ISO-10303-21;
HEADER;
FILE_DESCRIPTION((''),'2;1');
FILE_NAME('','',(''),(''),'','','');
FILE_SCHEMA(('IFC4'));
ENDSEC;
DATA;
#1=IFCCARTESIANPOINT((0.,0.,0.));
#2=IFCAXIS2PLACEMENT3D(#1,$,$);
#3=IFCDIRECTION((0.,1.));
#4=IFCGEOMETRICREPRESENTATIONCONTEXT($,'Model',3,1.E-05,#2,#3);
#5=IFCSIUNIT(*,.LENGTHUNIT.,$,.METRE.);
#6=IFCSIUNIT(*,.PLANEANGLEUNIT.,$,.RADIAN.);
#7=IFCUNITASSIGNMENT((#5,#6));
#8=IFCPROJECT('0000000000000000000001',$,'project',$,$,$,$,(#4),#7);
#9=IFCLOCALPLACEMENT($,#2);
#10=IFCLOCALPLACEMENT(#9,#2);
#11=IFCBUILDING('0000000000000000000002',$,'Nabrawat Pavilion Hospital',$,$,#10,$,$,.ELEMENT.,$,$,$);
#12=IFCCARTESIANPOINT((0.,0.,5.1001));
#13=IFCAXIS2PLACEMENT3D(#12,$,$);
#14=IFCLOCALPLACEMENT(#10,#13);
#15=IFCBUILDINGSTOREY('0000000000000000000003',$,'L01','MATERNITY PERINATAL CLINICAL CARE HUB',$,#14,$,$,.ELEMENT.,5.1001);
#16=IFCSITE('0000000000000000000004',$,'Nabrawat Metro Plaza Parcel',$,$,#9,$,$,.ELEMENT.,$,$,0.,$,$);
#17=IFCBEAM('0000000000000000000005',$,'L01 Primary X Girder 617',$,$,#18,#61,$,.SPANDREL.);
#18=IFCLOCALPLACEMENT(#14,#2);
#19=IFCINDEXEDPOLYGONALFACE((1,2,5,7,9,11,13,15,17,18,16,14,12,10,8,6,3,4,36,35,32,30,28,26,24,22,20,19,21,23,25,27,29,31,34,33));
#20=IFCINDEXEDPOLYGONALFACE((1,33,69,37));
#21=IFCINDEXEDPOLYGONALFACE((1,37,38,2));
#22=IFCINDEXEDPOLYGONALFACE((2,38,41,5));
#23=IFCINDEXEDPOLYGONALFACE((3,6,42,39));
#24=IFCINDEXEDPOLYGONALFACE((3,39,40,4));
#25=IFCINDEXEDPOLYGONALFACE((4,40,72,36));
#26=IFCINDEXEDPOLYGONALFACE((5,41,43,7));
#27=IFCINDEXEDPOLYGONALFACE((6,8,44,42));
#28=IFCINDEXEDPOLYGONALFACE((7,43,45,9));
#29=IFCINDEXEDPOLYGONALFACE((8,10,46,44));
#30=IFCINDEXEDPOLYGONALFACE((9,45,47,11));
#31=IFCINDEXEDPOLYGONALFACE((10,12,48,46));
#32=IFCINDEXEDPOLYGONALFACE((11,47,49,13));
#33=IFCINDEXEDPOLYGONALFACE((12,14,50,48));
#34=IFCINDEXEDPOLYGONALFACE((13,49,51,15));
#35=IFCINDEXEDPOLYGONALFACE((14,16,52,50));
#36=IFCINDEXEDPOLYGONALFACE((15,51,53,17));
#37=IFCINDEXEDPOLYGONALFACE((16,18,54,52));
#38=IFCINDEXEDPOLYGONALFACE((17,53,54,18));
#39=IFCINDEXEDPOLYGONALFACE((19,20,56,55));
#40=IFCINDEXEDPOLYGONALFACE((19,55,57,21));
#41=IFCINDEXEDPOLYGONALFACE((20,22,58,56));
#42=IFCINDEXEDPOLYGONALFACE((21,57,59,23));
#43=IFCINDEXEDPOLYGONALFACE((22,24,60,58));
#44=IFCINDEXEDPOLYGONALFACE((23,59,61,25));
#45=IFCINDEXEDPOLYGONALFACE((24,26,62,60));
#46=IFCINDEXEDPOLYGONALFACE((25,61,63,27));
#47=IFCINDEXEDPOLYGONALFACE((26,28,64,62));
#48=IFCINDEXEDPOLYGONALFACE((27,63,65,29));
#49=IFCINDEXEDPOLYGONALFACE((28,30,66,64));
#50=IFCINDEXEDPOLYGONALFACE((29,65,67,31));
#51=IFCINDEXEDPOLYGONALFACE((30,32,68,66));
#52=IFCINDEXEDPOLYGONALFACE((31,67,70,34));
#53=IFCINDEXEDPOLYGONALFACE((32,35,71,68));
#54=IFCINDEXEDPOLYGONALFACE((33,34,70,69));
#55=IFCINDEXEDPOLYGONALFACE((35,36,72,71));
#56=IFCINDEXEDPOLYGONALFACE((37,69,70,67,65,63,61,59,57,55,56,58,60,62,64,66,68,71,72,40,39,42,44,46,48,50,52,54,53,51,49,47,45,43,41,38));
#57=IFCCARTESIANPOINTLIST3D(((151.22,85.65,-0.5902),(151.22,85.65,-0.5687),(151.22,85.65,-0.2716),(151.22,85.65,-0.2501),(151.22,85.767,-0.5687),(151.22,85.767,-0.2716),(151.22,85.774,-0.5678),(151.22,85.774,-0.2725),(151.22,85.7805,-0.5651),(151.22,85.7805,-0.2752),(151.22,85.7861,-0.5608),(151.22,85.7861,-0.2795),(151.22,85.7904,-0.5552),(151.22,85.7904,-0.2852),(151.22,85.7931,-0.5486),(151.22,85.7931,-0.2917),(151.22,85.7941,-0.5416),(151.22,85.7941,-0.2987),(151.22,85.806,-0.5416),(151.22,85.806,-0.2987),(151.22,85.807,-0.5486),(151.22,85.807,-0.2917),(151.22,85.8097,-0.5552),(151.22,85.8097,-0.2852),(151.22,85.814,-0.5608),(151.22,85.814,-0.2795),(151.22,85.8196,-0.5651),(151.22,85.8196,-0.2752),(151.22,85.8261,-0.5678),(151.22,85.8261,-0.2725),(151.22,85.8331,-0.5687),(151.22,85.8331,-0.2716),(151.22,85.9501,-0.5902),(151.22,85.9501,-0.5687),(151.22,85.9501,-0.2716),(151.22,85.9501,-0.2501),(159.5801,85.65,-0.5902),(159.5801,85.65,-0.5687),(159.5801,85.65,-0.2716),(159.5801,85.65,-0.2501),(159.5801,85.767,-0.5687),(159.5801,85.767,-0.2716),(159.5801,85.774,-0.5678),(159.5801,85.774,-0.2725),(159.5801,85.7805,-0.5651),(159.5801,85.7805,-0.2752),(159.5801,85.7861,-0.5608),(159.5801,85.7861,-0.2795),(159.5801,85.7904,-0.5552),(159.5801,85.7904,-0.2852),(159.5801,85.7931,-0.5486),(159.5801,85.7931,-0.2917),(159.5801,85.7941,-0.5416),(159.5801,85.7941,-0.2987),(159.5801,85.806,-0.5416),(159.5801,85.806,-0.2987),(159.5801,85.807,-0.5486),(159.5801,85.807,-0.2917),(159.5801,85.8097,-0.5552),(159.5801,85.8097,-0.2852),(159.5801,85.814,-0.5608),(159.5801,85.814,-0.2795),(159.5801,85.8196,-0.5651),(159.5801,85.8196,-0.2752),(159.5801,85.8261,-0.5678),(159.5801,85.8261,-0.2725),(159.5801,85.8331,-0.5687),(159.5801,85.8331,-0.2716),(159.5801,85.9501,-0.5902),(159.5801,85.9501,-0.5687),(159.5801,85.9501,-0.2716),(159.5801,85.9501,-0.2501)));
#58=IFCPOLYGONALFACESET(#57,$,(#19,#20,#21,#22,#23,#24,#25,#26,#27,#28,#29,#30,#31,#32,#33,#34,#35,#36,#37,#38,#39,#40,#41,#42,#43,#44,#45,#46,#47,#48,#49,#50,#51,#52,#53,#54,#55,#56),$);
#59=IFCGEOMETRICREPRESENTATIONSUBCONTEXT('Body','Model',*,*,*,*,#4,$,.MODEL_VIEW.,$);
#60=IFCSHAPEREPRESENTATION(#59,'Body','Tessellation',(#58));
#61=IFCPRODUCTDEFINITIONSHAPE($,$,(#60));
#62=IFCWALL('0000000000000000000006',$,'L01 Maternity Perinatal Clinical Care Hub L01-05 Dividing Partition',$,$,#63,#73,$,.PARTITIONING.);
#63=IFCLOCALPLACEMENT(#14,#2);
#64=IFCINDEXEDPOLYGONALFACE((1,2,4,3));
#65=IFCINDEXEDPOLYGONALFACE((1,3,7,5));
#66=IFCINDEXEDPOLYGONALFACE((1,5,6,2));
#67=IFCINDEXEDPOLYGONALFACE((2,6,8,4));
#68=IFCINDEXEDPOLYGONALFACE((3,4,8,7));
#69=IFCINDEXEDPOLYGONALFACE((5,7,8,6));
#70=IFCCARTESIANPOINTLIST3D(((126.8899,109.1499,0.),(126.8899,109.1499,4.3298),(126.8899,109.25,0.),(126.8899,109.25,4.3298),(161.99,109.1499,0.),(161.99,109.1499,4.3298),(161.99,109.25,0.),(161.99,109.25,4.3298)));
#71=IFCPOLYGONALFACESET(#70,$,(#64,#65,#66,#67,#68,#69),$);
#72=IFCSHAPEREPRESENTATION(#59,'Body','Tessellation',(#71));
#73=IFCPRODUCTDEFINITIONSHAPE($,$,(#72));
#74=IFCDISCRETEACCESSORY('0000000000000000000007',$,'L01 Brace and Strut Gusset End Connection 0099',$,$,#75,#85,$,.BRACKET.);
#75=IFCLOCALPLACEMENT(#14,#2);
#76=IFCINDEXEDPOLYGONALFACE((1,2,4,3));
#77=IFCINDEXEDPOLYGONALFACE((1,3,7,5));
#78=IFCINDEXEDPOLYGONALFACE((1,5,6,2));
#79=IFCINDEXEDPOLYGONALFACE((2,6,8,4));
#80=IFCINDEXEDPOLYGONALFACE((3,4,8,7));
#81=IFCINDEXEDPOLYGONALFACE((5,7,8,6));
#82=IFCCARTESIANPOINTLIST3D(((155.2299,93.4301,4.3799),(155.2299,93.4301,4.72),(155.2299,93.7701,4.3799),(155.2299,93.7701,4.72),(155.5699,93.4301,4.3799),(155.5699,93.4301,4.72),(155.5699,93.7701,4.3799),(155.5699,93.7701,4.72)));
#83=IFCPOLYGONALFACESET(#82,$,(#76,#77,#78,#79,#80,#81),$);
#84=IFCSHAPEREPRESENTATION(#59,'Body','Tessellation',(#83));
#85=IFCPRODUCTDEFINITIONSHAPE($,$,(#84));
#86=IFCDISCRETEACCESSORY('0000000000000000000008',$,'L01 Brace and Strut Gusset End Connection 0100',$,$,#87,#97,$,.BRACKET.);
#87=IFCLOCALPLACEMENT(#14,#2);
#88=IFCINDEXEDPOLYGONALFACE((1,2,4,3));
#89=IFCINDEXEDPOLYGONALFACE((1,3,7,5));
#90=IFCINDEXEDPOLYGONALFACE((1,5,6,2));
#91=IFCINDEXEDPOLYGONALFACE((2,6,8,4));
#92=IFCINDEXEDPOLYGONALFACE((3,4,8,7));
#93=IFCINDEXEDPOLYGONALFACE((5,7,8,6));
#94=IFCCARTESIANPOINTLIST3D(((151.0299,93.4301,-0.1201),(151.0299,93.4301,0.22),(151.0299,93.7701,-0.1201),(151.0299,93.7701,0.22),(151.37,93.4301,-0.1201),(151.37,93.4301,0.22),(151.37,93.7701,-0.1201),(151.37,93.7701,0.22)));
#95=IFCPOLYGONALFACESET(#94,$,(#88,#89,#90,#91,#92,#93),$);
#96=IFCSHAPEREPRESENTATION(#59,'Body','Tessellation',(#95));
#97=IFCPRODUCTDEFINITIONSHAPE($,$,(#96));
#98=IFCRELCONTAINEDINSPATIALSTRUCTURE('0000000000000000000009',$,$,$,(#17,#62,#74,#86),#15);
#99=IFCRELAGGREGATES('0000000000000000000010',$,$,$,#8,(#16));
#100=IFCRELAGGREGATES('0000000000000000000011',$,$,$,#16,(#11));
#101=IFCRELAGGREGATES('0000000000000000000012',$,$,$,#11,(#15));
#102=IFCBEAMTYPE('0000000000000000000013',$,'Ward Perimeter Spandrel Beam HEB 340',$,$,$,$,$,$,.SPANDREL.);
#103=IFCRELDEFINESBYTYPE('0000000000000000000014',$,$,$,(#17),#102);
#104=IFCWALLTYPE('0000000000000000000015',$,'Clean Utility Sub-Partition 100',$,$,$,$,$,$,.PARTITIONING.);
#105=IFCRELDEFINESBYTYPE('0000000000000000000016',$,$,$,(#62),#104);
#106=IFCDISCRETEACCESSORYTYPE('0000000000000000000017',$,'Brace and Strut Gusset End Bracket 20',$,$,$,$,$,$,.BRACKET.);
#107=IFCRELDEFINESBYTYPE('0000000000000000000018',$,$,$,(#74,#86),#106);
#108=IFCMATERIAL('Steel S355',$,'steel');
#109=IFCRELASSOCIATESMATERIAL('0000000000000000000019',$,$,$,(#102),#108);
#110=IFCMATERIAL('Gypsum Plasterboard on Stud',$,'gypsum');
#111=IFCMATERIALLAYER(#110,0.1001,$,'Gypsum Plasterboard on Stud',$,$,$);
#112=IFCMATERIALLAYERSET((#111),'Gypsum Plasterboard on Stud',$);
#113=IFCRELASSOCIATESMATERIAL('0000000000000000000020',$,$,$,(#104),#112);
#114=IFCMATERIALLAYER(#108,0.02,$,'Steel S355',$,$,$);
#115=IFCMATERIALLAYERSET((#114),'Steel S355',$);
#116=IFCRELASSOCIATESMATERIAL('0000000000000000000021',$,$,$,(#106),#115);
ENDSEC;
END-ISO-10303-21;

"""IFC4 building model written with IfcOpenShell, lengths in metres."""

from ifc_helpers import new_model, si_unit, direction, frame, frame_2d, origin, origin_2d, place, context, subcontext, project, spatial, rectangle, i_section, extrude, material, layer, layer_set, material_profile, profile_set, type_object, element, save


model = new_model("IFC4")

# Units and contexts
model_context = context("Model", 3, precision=1e-05, world=origin(), true_north=direction((0.0, 1.0)))
body_context = subcontext(model_context, "Body", "Model", "MODEL_VIEW")
ifc_project = project(units=[si_unit("LENGTHUNIT", "METRE"), si_unit("PLANEANGLEUNIT", "RADIAN")], contexts=[model_context])

# Site, building, storey
site_placement = place(None, origin())
site = spatial("IfcSite", under=ifc_project, at=site_placement, Name="Nabrawat Metro Plaza Parcel", CompositionType="ELEMENT", RefElevation=0.0)
building_placement = place(site_placement, origin())
building = spatial("IfcBuilding", under=site, at=building_placement, Name="Nabrawat Pavilion Hospital", CompositionType="ELEMENT")
storey_placement = place(building_placement, frame((0.0, 0.0, 5.1001)))
storey = spatial("IfcBuildingStorey", under=building, at=storey_placement, Name="L01", Description="MATERNITY PERINATAL CLINICAL CARE HUB", CompositionType="ELEMENT", Elevation=5.1001)

# Shared definitions
ifc_material_1 = material(Name="Steel S355", Category="steel")

# Beam
ifc_material_profile_1 = material_profile(ifc_material_1, i_section(OverallWidth=0.3, OverallDepth=0.3401, WebThickness=0.012, FlangeThickness=0.0215, FilletRadius=0.0271, at=origin_2d()), Name="HEB 340")
ifc_profile_set_1 = profile_set([ifc_material_profile_1], Name="Steel S355")
beam_type_1 = type_object("IfcBeamType", Name="Ward Perimeter Spandrel Beam HEB 340", PredefinedType="SPANDREL", material=ifc_profile_set_1)
beam_1_placement = place(storey_placement, frame((151.22, 85.8, -0.4202), z_axis=(1.0, 0.0, 0.0), x_axis=(0.0, 1.0, 0.0)))
element("IfcBeam", 1, at=beam_1_placement, inside=storey, type_object=beam_type_1, Name="L01 Primary X Girder 617", PredefinedType="SPANDREL", context=body_context, shape_type="SweptSolid", body=[
    extrude(i_section(OverallWidth=0.3, OverallDepth=0.3401, WebThickness=0.012, FlangeThickness=0.0215, FilletRadius=0.0271, at=origin_2d()), origin(), (0.0, 0.0, 1.0), 8.3601),
])

# Wall
ifc_material_2 = material(Name="Gypsum Plasterboard on Stud", Category="gypsum")
ifc_layer_1 = layer(ifc_material_2, 0.1001, Name="Gypsum Plasterboard on Stud")
ifc_layer_set_1 = layer_set([ifc_layer_1], Name="Gypsum Plasterboard on Stud")
wall_type = type_object("IfcWallType", Name="Clean Utility Sub-Partition 100", PredefinedType="PARTITIONING", material=ifc_layer_set_1)
wall_placement = place(storey_placement, frame((126.8899, 109.2, 0.0), z_axis=(0.0, 0.0, 1.0), x_axis=(1.0, 0.0, 0.0)))
element("IfcWall", 2, at=wall_placement, inside=storey, type_object=wall_type, Name="L01 Maternity Perinatal Clinical Care Hub L01-05 Dividing Partition", PredefinedType="PARTITIONING", context=body_context, shape_type="SweptSolid", body=[
    extrude(rectangle(XDim=35.1001, YDim=0.1001, at=frame_2d((17.55, 0.0))), origin(), (0.0, 0.0, 1.0), 4.3298),
])

# Discrete accessories
ifc_layer_2 = layer(ifc_material_1, 0.02, Name="Steel S355")
ifc_layer_set_2 = layer_set([ifc_layer_2], Name="Steel S355")
discrete_accessory_type = type_object("IfcDiscreteAccessoryType", Name="Brace and Strut Gusset End Bracket 20", PredefinedType="BRACKET", material=ifc_layer_set_2)
for number, where, z_axis, x_axis, name in (
    (3, (155.3999, 93.6001, 4.3799), (0.0, 0.0, 1.0), (1.0, 0.0, 0.0), "L01 Brace and Strut Gusset End Connection 0099"),
    (4, (151.2, 93.6001, -0.1201), (0.0, 0.0, 1.0), (1.0, 0.0, 0.0), "L01 Brace and Strut Gusset End Connection 0100"),
):
    element("IfcDiscreteAccessory", number, at=place(storey_placement, frame(where, z_axis=z_axis, x_axis=x_axis)), inside=storey, type_object=discrete_accessory_type, Name=name, PredefinedType="BRACKET", context=body_context, shape_type="SweptSolid", body=[
        extrude(rectangle(XDim=0.3401, YDim=0.3401, at=origin_2d()), origin(), (0.0, 0.0, 1.0), 0.3401),
    ])

save(model, "model.ifc")
